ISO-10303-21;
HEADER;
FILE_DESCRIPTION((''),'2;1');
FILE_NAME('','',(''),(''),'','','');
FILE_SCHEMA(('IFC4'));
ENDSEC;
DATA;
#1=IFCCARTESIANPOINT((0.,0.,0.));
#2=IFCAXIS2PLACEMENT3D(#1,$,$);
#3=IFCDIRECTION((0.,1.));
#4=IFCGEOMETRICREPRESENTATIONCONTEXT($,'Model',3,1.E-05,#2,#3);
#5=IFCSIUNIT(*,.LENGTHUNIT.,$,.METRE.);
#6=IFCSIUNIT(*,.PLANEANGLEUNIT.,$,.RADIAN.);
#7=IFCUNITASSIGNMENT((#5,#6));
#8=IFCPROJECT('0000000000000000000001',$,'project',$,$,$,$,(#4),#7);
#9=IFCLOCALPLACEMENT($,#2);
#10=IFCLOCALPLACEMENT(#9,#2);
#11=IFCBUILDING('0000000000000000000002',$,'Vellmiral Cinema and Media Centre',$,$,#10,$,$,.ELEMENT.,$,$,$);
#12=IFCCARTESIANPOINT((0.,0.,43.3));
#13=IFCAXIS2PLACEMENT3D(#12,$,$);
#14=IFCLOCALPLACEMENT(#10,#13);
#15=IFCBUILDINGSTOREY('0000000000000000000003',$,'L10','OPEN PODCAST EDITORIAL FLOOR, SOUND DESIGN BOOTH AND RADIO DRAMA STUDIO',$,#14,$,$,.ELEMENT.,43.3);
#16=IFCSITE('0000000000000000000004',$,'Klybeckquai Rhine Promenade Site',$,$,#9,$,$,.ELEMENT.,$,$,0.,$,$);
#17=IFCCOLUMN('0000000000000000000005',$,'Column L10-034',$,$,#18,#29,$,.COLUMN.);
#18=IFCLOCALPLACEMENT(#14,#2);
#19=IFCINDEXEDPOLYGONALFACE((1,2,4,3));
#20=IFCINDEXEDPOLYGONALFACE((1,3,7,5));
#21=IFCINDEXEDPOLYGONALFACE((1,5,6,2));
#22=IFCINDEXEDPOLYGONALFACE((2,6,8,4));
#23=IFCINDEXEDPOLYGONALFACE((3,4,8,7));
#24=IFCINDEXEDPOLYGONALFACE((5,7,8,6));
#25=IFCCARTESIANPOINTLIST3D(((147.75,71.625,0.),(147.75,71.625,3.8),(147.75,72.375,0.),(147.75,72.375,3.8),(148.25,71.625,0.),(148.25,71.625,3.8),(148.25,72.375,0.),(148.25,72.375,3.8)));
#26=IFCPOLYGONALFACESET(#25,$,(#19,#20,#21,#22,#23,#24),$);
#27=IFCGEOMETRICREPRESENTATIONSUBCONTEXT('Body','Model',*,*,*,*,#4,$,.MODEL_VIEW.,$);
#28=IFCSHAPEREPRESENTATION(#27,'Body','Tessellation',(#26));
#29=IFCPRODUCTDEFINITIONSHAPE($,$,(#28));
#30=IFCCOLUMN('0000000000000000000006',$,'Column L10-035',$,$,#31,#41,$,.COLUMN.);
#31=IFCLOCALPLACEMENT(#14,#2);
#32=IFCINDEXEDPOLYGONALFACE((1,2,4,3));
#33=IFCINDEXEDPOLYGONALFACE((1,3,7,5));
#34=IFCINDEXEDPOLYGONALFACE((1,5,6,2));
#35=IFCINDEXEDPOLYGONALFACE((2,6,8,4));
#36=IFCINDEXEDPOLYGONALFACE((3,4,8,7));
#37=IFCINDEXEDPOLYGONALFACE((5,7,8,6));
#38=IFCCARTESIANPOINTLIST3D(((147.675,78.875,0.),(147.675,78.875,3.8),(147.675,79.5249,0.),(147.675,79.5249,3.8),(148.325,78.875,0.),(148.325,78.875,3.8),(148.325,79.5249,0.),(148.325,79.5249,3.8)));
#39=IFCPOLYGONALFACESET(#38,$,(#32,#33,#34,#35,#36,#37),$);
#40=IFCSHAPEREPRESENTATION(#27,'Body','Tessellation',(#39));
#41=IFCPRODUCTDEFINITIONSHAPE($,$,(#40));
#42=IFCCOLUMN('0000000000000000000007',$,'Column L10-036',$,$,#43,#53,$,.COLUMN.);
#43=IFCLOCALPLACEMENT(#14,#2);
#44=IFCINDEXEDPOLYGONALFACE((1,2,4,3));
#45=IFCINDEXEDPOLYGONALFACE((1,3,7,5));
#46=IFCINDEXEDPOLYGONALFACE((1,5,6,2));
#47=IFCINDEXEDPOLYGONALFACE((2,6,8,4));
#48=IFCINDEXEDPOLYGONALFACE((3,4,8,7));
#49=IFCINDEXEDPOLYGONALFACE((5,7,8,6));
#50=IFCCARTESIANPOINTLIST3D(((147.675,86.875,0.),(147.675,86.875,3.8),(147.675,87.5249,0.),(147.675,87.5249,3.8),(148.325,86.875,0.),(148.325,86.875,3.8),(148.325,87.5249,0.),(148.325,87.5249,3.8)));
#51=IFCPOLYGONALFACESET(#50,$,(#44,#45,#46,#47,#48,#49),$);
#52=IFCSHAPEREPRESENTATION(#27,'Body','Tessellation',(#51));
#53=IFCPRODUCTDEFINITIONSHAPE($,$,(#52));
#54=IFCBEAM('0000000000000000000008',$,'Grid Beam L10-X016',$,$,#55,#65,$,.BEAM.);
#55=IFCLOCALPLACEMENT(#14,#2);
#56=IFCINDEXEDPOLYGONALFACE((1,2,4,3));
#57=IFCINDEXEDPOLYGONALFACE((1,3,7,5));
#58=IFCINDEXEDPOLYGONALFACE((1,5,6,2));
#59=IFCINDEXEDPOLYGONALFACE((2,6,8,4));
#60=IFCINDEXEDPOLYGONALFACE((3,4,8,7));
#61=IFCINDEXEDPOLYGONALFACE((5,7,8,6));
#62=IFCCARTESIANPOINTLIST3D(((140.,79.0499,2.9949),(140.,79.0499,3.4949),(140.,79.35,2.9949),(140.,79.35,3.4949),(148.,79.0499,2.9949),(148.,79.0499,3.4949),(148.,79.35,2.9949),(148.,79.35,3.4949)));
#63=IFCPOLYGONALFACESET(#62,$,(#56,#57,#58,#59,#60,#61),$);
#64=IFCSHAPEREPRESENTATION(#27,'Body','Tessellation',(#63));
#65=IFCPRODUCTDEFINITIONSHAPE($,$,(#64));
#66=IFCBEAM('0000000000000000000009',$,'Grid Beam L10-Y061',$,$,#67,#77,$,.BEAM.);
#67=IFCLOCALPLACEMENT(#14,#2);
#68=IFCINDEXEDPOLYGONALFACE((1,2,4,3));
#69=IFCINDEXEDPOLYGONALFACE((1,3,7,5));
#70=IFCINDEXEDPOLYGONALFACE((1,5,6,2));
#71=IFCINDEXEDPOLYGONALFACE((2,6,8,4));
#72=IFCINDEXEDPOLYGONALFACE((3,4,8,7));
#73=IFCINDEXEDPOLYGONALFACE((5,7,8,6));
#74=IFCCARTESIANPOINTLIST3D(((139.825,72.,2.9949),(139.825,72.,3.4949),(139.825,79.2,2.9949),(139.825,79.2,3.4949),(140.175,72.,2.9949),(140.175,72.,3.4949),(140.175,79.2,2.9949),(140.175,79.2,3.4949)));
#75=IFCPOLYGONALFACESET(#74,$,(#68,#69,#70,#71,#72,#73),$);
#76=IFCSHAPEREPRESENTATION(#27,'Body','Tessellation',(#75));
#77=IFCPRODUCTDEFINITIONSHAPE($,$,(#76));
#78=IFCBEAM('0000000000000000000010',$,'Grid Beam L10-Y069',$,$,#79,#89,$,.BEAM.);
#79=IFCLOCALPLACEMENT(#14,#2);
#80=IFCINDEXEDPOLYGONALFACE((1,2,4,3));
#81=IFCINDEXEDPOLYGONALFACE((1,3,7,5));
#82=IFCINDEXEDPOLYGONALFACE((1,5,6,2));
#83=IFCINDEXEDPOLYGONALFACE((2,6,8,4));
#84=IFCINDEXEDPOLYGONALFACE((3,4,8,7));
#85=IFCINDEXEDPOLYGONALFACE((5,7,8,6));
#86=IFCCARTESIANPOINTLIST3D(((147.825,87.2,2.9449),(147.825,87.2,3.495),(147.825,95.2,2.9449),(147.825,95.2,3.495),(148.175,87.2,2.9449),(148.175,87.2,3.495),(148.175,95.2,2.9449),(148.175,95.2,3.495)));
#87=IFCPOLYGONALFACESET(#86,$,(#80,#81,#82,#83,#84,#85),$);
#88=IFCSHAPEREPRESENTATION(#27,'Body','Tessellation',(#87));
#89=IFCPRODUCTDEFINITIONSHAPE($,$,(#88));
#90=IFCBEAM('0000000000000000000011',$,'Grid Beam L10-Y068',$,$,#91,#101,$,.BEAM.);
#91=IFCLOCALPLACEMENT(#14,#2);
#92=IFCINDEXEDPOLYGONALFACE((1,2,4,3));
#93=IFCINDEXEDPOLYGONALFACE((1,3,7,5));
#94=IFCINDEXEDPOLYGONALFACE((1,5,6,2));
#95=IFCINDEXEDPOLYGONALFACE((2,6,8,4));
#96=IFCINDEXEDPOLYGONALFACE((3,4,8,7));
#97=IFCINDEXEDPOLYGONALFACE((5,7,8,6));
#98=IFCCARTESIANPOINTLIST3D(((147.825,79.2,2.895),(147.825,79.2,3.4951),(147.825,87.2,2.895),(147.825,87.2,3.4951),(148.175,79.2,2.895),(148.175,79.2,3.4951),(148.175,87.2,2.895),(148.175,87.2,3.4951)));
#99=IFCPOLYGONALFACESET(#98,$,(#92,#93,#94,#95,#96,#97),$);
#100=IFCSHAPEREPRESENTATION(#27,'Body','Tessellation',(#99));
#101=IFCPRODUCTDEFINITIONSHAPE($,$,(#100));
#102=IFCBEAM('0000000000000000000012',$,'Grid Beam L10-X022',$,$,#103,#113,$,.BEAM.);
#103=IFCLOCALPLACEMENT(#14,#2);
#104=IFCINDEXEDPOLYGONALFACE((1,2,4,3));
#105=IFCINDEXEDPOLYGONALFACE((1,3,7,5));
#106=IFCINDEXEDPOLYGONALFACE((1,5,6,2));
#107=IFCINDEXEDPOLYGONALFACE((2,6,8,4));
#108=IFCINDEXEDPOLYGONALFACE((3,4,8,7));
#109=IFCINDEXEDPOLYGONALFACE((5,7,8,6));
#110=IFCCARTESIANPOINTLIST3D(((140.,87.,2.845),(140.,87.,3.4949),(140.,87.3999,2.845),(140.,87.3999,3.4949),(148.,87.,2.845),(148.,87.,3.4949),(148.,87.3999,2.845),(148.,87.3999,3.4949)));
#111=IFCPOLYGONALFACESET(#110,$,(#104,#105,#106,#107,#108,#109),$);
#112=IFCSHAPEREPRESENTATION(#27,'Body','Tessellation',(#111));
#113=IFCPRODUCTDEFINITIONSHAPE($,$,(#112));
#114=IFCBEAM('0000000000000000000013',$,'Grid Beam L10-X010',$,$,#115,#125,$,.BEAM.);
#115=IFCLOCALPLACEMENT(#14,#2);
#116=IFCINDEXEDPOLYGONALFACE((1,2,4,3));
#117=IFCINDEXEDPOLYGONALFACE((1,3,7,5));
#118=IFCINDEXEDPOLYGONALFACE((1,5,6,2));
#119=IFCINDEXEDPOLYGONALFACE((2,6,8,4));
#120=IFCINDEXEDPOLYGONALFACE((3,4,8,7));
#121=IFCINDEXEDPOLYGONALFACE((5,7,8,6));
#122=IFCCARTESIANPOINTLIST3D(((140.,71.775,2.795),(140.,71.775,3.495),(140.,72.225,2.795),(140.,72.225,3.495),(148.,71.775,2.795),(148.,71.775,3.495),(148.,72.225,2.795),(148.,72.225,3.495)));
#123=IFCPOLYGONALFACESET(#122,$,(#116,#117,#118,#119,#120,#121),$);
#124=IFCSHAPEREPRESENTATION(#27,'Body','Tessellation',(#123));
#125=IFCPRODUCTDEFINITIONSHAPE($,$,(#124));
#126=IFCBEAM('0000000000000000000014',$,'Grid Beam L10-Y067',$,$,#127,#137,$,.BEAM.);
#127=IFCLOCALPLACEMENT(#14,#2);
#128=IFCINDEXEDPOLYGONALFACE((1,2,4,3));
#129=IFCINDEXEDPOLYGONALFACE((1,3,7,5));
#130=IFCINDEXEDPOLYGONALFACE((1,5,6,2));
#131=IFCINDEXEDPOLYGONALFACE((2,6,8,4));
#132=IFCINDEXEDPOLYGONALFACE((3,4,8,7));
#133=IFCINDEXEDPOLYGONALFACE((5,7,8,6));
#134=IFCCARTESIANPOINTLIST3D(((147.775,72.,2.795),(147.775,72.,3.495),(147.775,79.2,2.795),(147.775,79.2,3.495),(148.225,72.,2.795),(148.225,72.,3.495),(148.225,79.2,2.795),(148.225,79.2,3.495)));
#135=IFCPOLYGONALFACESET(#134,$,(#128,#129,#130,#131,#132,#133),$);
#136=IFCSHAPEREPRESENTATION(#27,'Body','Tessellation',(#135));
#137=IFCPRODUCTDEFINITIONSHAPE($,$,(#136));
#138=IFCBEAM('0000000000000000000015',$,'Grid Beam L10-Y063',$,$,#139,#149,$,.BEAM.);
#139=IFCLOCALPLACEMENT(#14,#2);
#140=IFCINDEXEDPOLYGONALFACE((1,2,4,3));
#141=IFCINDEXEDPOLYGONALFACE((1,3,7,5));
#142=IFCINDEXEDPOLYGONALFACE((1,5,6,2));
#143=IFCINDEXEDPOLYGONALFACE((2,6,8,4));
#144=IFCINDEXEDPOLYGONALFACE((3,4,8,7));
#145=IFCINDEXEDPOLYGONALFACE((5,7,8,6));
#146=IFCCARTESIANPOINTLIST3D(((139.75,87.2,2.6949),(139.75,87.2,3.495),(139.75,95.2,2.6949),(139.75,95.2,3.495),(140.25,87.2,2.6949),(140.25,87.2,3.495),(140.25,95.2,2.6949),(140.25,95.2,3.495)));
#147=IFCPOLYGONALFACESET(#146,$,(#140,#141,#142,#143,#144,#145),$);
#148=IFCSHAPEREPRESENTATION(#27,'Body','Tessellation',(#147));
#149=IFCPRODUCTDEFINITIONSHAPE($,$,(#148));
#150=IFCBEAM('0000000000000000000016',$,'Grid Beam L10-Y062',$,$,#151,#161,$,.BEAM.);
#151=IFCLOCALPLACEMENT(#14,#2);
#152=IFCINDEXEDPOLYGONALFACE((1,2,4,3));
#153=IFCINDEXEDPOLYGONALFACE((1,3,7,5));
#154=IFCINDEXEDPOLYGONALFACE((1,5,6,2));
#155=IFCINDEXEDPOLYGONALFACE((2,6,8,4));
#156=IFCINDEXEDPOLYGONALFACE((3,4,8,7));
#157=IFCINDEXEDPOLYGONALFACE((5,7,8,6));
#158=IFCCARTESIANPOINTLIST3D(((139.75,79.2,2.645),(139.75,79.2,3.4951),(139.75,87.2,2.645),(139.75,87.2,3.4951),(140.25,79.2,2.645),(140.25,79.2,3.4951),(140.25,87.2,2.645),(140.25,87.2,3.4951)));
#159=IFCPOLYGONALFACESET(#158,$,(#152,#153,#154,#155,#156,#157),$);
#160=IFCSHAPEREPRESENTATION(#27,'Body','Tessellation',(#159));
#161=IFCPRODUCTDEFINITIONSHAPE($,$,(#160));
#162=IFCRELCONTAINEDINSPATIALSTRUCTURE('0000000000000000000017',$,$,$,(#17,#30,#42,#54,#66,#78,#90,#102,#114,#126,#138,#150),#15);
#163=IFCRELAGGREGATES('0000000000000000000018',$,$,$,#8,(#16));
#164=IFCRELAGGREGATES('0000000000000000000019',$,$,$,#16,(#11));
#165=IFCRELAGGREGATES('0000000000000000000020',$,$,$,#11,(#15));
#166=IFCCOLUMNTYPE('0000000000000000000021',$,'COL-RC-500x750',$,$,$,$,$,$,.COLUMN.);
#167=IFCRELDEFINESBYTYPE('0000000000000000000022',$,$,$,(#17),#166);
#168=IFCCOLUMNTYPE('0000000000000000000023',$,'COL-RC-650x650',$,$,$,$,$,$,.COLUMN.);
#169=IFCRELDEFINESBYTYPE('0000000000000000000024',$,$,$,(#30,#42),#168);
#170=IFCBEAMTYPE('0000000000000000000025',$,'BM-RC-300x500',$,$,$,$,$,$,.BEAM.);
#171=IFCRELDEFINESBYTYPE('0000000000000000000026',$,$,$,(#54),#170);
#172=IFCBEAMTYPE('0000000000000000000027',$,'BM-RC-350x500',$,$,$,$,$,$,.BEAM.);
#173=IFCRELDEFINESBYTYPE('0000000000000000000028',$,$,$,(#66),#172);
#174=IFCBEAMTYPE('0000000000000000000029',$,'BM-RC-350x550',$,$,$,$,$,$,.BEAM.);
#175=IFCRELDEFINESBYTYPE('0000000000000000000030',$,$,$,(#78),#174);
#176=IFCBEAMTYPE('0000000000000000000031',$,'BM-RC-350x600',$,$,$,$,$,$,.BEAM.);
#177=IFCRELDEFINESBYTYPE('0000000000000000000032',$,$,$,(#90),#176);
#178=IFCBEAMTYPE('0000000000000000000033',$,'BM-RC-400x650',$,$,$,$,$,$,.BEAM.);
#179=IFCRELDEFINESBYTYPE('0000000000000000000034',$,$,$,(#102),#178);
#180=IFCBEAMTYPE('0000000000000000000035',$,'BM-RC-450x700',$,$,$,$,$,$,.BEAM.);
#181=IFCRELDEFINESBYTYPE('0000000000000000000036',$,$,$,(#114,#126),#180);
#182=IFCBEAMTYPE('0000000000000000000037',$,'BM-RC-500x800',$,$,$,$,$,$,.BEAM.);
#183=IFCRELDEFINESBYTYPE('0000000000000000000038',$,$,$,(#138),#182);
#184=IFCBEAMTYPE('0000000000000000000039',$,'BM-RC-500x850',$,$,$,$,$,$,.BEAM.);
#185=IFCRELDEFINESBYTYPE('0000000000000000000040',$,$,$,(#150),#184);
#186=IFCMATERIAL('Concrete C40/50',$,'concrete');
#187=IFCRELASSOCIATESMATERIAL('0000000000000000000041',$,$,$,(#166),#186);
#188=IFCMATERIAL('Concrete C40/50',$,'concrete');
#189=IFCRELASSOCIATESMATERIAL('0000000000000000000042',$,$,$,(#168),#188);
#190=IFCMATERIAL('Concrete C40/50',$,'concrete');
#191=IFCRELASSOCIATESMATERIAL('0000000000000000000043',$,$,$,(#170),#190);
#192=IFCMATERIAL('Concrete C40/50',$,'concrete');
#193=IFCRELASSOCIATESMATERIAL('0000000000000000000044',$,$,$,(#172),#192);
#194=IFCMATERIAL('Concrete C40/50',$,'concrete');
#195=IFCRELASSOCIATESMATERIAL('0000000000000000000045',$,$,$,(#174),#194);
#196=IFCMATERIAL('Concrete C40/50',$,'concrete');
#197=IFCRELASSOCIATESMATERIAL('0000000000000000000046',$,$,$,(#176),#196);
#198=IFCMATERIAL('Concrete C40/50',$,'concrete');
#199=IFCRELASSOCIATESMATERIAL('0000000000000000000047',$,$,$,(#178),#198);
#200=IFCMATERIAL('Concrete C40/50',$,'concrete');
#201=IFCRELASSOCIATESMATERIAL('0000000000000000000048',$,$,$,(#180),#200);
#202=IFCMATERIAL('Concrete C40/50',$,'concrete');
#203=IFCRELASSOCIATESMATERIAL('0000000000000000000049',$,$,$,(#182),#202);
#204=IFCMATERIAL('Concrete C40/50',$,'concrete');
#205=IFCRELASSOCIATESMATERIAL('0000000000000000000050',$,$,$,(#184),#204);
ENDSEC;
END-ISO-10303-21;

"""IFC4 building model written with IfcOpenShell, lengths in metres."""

from ifc_helpers import new_model, si_unit, direction, frame, origin, origin_2d, place, context, subcontext, project, spatial, rectangle, extrude, material, material_profile, profile_set, type_object, element, save


model = new_model("IFC4")

# Units and contexts
model_context = context("Model", 3, precision=1e-05, world=origin(), true_north=direction((0.0, 1.0)))
body_context = subcontext(model_context, "Body", "Model", "MODEL_VIEW")
ifc_project = project(units=[si_unit("LENGTHUNIT", "METRE"), si_unit("PLANEANGLEUNIT", "RADIAN")], contexts=[model_context])

# Site, building, storey
site_placement = place(None, origin())
site = spatial("IfcSite", under=ifc_project, at=site_placement, Name="Klybeckquai Rhine Promenade Site", CompositionType="ELEMENT", RefElevation=0.0)
building_placement = place(site_placement, origin())
building = spatial("IfcBuilding", under=site, at=building_placement, Name="Vellmiral Cinema and Media Centre", CompositionType="ELEMENT")
storey_placement = place(building_placement, frame((0.0, 0.0, 43.3)))
storey = spatial("IfcBuildingStorey", under=building, at=storey_placement, Name="L10", Description="OPEN PODCAST EDITORIAL FLOOR, SOUND DESIGN BOOTH AND RADIO DRAMA STUDIO", CompositionType="ELEMENT", Elevation=43.3)

# Columns
ifc_material_1 = material(Name="Concrete C40/50", Category="concrete")
ifc_material_profile_1 = material_profile(ifc_material_1, rectangle(XDim=0.5, YDim=0.75, at=origin_2d()), Name="RC 500x750")
ifc_profile_set_1 = profile_set([ifc_material_profile_1], Name="Concrete C40/50")
column_type_1 = type_object("IfcColumnType", Name="COL-RC-500x750", PredefinedType="COLUMN", material=ifc_profile_set_1)
column_placement = place(storey_placement, frame((148.0, 72.0, 0.0), z_axis=(0.0, 0.0, 1.0), x_axis=(1.0, 0.0, 0.0)))
element("IfcColumn", 1, at=column_placement, inside=storey, type_object=column_type_1, Name="Column L10-034", PredefinedType="COLUMN", context=body_context, shape_type="SweptSolid", body=[
    extrude(rectangle(XDim=0.5, YDim=0.75, at=origin_2d()), origin(), (0.0, 0.0, 1.0), 3.8),
])
ifc_material_2 = material(Name="Concrete C40/50", Category="concrete")
ifc_material_profile_2 = material_profile(ifc_material_2, rectangle(XDim=0.6499, YDim=0.6499, at=origin_2d()), Name="RC 650x650")
ifc_profile_set_2 = profile_set([ifc_material_profile_2], Name="Concrete C40/50")
column_type_2 = type_object("IfcColumnType", Name="COL-RC-650x650", PredefinedType="COLUMN", material=ifc_profile_set_2)
for number, where, z_axis, x_axis, name in (
    (2, (148.0, 79.2, 0.0), (0.0, 0.0, 1.0), (1.0, 0.0, 0.0), "Column L10-035"),
    (3, (148.0, 87.2, 0.0), (0.0, 0.0, 1.0), (1.0, 0.0, 0.0), "Column L10-036"),
):
    element("IfcColumn", number, at=place(storey_placement, frame(where, z_axis=z_axis, x_axis=x_axis)), inside=storey, type_object=column_type_2, Name=name, PredefinedType="COLUMN", context=body_context, shape_type="SweptSolid", body=[
        extrude(rectangle(XDim=0.6499, YDim=0.6499, at=origin_2d()), origin(), (0.0, 0.0, 1.0), 3.8),
    ])

# Beams
ifc_material_3 = material(Name="Concrete C40/50", Category="concrete")
ifc_material_profile_3 = material_profile(ifc_material_3, rectangle(XDim=0.3, YDim=0.5, at=origin_2d()), Name="RC 300x500")
ifc_profile_set_3 = profile_set([ifc_material_profile_3], Name="Concrete C40/50")
beam_type_1 = type_object("IfcBeamType", Name="BM-RC-300x500", PredefinedType="BEAM", material=ifc_profile_set_3)
beam_1_placement = place(storey_placement, frame((140.0, 79.2, 3.2449), z_axis=(1.0, 0.0, 0.0), x_axis=(0.0, 1.0, 0.0)))
element("IfcBeam", 4, at=beam_1_placement, inside=storey, type_object=beam_type_1, Name="Grid Beam L10-X016", PredefinedType="BEAM", context=body_context, shape_type="SweptSolid", body=[
    extrude(rectangle(XDim=0.3, YDim=0.5, at=origin_2d()), origin(), (0.0, 0.0, 1.0), 8.0),
])
ifc_material_4 = material(Name="Concrete C40/50", Category="concrete")
ifc_material_profile_4 = material_profile(ifc_material_4, rectangle(XDim=0.3501, YDim=0.5, at=origin_2d()), Name="RC 350x500")
ifc_profile_set_4 = profile_set([ifc_material_profile_4], Name="Concrete C40/50")
beam_type_2 = type_object("IfcBeamType", Name="BM-RC-350x500", PredefinedType="BEAM", material=ifc_profile_set_4)
beam_2_placement = place(storey_placement, frame((140.0, 72.0, 3.2449), z_axis=(0.0, 1.0, 0.0), x_axis=(-1.0, 0.0, 0.0)))
element("IfcBeam", 5, at=beam_2_placement, inside=storey, type_object=beam_type_2, Name="Grid Beam L10-Y061", PredefinedType="BEAM", context=body_context, shape_type="SweptSolid", body=[
    extrude(rectangle(XDim=0.3501, YDim=0.5, at=origin_2d()), origin(), (0.0, 0.0, 1.0), 7.2),
])
ifc_material_5 = material(Name="Concrete C40/50", Category="concrete")
ifc_material_profile_5 = material_profile(ifc_material_5, rectangle(XDim=0.3501, YDim=0.55, at=origin_2d()), Name="RC 350x550")
ifc_profile_set_5 = profile_set([ifc_material_profile_5], Name="Concrete C40/50")
beam_type_3 = type_object("IfcBeamType", Name="BM-RC-350x550", PredefinedType="BEAM", material=ifc_profile_set_5)
beam_3_placement = place(storey_placement, frame((148.0, 87.2, 3.22), z_axis=(0.0, 1.0, 0.0), x_axis=(-1.0, 0.0, 0.0)))
element("IfcBeam", 6, at=beam_3_placement, inside=storey, type_object=beam_type_3, Name="Grid Beam L10-Y069", PredefinedType="BEAM", context=body_context, shape_type="SweptSolid", body=[
    extrude(rectangle(XDim=0.3501, YDim=0.55, at=origin_2d()), origin(), (0.0, 0.0, 1.0), 8.0),
])
ifc_material_6 = material(Name="Concrete C40/50", Category="concrete")
ifc_material_profile_6 = material_profile(ifc_material_6, rectangle(XDim=0.3501, YDim=0.6001, at=origin_2d()), Name="RC 350x600")
ifc_profile_set_6 = profile_set([ifc_material_profile_6], Name="Concrete C40/50")
beam_type_4 = type_object("IfcBeamType", Name="BM-RC-350x600", PredefinedType="BEAM", material=ifc_profile_set_6)
beam_4_placement = place(storey_placement, frame((148.0, 79.2, 3.1951), z_axis=(0.0, 1.0, 0.0), x_axis=(-1.0, 0.0, 0.0)))
element("IfcBeam", 7, at=beam_4_placement, inside=storey, type_object=beam_type_4, Name="Grid Beam L10-Y068", PredefinedType="BEAM", context=body_context, shape_type="SweptSolid", body=[
    extrude(rectangle(XDim=0.3501, YDim=0.6001, at=origin_2d()), origin(), (0.0, 0.0, 1.0), 8.0),
])
ifc_material_7 = material(Name="Concrete C40/50", Category="concrete")
ifc_material_profile_7 = material_profile(ifc_material_7, rectangle(XDim=0.3999, YDim=0.6499, at=origin_2d()), Name="RC 400x650")
ifc_profile_set_7 = profile_set([ifc_material_profile_7], Name="Concrete C40/50")
beam_type_5 = type_object("IfcBeamType", Name="BM-RC-400x650", PredefinedType="BEAM", material=ifc_profile_set_7)
beam_5_placement = place(storey_placement, frame((140.0, 87.2, 3.1699), z_axis=(1.0, 0.0, 0.0), x_axis=(0.0, 1.0, 0.0)))
element("IfcBeam", 8, at=beam_5_placement, inside=storey, type_object=beam_type_5, Name="Grid Beam L10-X022", PredefinedType="BEAM", context=body_context, shape_type="SweptSolid", body=[
    extrude(rectangle(XDim=0.3999, YDim=0.6499, at=origin_2d()), origin(), (0.0, 0.0, 1.0), 8.0),
])
ifc_material_8 = material(Name="Concrete C40/50", Category="concrete")
ifc_material_profile_8 = material_profile(ifc_material_8, rectangle(XDim=0.45, YDim=0.7, at=origin_2d()), Name="RC 450x700")
ifc_profile_set_8 = profile_set([ifc_material_profile_8], Name="Concrete C40/50")
beam_type_6 = type_object("IfcBeamType", Name="BM-RC-450x700", PredefinedType="BEAM", material=ifc_profile_set_8)
beam_6_placement = place(storey_placement, frame((140.0, 72.0, 3.145), z_axis=(1.0, 0.0, 0.0), x_axis=(0.0, 1.0, 0.0)))
element("IfcBeam", 9, at=beam_6_placement, inside=storey, type_object=beam_type_6, Name="Grid Beam L10-X010", PredefinedType="BEAM", context=body_context, shape_type="SweptSolid", body=[
    extrude(rectangle(XDim=0.45, YDim=0.7, at=origin_2d()), origin(), (0.0, 0.0, 1.0), 8.0),
])
beam_7_placement = place(storey_placement, frame((148.0, 72.0, 3.145), z_axis=(0.0, 1.0, 0.0), x_axis=(-1.0, 0.0, 0.0)))
element("IfcBeam", 10, at=beam_7_placement, inside=storey, type_object=beam_type_6, Name="Grid Beam L10-Y067", PredefinedType="BEAM", context=body_context, shape_type="SweptSolid", body=[
    extrude(rectangle(XDim=0.45, YDim=0.7, at=origin_2d()), origin(), (0.0, 0.0, 1.0), 7.2),
])
ifc_material_9 = material(Name="Concrete C40/50", Category="concrete")
ifc_material_profile_9 = material_profile(ifc_material_9, rectangle(XDim=0.5, YDim=0.8, at=origin_2d()), Name="RC 500x800")
ifc_profile_set_9 = profile_set([ifc_material_profile_9], Name="Concrete C40/50")
beam_type_7 = type_object("IfcBeamType", Name="BM-RC-500x800", PredefinedType="BEAM", material=ifc_profile_set_9)
beam_8_placement = place(storey_placement, frame((140.0, 87.2, 3.095), z_axis=(0.0, 1.0, 0.0), x_axis=(-1.0, 0.0, 0.0)))
element("IfcBeam", 11, at=beam_8_placement, inside=storey, type_object=beam_type_7, Name="Grid Beam L10-Y063", PredefinedType="BEAM", context=body_context, shape_type="SweptSolid", body=[
    extrude(rectangle(XDim=0.5, YDim=0.8, at=origin_2d()), origin(), (0.0, 0.0, 1.0), 8.0),
])
ifc_material_10 = material(Name="Concrete C40/50", Category="concrete")
ifc_material_profile_10 = material_profile(ifc_material_10, rectangle(XDim=0.5, YDim=0.8501, at=origin_2d()), Name="RC 500x850")
ifc_profile_set_10 = profile_set([ifc_material_profile_10], Name="Concrete C40/50")
beam_type_8 = type_object("IfcBeamType", Name="BM-RC-500x850", PredefinedType="BEAM", material=ifc_profile_set_10)
beam_9_placement = place(storey_placement, frame((140.0, 79.2, 3.0701), z_axis=(0.0, 1.0, 0.0), x_axis=(-1.0, 0.0, 0.0)))
element("IfcBeam", 12, at=beam_9_placement, inside=storey, type_object=beam_type_8, Name="Grid Beam L10-Y062", PredefinedType="BEAM", context=body_context, shape_type="SweptSolid", body=[
    extrude(rectangle(XDim=0.5, YDim=0.8501, at=origin_2d()), origin(), (0.0, 0.0, 1.0), 8.0),
])

save(model, "model.ifc")
